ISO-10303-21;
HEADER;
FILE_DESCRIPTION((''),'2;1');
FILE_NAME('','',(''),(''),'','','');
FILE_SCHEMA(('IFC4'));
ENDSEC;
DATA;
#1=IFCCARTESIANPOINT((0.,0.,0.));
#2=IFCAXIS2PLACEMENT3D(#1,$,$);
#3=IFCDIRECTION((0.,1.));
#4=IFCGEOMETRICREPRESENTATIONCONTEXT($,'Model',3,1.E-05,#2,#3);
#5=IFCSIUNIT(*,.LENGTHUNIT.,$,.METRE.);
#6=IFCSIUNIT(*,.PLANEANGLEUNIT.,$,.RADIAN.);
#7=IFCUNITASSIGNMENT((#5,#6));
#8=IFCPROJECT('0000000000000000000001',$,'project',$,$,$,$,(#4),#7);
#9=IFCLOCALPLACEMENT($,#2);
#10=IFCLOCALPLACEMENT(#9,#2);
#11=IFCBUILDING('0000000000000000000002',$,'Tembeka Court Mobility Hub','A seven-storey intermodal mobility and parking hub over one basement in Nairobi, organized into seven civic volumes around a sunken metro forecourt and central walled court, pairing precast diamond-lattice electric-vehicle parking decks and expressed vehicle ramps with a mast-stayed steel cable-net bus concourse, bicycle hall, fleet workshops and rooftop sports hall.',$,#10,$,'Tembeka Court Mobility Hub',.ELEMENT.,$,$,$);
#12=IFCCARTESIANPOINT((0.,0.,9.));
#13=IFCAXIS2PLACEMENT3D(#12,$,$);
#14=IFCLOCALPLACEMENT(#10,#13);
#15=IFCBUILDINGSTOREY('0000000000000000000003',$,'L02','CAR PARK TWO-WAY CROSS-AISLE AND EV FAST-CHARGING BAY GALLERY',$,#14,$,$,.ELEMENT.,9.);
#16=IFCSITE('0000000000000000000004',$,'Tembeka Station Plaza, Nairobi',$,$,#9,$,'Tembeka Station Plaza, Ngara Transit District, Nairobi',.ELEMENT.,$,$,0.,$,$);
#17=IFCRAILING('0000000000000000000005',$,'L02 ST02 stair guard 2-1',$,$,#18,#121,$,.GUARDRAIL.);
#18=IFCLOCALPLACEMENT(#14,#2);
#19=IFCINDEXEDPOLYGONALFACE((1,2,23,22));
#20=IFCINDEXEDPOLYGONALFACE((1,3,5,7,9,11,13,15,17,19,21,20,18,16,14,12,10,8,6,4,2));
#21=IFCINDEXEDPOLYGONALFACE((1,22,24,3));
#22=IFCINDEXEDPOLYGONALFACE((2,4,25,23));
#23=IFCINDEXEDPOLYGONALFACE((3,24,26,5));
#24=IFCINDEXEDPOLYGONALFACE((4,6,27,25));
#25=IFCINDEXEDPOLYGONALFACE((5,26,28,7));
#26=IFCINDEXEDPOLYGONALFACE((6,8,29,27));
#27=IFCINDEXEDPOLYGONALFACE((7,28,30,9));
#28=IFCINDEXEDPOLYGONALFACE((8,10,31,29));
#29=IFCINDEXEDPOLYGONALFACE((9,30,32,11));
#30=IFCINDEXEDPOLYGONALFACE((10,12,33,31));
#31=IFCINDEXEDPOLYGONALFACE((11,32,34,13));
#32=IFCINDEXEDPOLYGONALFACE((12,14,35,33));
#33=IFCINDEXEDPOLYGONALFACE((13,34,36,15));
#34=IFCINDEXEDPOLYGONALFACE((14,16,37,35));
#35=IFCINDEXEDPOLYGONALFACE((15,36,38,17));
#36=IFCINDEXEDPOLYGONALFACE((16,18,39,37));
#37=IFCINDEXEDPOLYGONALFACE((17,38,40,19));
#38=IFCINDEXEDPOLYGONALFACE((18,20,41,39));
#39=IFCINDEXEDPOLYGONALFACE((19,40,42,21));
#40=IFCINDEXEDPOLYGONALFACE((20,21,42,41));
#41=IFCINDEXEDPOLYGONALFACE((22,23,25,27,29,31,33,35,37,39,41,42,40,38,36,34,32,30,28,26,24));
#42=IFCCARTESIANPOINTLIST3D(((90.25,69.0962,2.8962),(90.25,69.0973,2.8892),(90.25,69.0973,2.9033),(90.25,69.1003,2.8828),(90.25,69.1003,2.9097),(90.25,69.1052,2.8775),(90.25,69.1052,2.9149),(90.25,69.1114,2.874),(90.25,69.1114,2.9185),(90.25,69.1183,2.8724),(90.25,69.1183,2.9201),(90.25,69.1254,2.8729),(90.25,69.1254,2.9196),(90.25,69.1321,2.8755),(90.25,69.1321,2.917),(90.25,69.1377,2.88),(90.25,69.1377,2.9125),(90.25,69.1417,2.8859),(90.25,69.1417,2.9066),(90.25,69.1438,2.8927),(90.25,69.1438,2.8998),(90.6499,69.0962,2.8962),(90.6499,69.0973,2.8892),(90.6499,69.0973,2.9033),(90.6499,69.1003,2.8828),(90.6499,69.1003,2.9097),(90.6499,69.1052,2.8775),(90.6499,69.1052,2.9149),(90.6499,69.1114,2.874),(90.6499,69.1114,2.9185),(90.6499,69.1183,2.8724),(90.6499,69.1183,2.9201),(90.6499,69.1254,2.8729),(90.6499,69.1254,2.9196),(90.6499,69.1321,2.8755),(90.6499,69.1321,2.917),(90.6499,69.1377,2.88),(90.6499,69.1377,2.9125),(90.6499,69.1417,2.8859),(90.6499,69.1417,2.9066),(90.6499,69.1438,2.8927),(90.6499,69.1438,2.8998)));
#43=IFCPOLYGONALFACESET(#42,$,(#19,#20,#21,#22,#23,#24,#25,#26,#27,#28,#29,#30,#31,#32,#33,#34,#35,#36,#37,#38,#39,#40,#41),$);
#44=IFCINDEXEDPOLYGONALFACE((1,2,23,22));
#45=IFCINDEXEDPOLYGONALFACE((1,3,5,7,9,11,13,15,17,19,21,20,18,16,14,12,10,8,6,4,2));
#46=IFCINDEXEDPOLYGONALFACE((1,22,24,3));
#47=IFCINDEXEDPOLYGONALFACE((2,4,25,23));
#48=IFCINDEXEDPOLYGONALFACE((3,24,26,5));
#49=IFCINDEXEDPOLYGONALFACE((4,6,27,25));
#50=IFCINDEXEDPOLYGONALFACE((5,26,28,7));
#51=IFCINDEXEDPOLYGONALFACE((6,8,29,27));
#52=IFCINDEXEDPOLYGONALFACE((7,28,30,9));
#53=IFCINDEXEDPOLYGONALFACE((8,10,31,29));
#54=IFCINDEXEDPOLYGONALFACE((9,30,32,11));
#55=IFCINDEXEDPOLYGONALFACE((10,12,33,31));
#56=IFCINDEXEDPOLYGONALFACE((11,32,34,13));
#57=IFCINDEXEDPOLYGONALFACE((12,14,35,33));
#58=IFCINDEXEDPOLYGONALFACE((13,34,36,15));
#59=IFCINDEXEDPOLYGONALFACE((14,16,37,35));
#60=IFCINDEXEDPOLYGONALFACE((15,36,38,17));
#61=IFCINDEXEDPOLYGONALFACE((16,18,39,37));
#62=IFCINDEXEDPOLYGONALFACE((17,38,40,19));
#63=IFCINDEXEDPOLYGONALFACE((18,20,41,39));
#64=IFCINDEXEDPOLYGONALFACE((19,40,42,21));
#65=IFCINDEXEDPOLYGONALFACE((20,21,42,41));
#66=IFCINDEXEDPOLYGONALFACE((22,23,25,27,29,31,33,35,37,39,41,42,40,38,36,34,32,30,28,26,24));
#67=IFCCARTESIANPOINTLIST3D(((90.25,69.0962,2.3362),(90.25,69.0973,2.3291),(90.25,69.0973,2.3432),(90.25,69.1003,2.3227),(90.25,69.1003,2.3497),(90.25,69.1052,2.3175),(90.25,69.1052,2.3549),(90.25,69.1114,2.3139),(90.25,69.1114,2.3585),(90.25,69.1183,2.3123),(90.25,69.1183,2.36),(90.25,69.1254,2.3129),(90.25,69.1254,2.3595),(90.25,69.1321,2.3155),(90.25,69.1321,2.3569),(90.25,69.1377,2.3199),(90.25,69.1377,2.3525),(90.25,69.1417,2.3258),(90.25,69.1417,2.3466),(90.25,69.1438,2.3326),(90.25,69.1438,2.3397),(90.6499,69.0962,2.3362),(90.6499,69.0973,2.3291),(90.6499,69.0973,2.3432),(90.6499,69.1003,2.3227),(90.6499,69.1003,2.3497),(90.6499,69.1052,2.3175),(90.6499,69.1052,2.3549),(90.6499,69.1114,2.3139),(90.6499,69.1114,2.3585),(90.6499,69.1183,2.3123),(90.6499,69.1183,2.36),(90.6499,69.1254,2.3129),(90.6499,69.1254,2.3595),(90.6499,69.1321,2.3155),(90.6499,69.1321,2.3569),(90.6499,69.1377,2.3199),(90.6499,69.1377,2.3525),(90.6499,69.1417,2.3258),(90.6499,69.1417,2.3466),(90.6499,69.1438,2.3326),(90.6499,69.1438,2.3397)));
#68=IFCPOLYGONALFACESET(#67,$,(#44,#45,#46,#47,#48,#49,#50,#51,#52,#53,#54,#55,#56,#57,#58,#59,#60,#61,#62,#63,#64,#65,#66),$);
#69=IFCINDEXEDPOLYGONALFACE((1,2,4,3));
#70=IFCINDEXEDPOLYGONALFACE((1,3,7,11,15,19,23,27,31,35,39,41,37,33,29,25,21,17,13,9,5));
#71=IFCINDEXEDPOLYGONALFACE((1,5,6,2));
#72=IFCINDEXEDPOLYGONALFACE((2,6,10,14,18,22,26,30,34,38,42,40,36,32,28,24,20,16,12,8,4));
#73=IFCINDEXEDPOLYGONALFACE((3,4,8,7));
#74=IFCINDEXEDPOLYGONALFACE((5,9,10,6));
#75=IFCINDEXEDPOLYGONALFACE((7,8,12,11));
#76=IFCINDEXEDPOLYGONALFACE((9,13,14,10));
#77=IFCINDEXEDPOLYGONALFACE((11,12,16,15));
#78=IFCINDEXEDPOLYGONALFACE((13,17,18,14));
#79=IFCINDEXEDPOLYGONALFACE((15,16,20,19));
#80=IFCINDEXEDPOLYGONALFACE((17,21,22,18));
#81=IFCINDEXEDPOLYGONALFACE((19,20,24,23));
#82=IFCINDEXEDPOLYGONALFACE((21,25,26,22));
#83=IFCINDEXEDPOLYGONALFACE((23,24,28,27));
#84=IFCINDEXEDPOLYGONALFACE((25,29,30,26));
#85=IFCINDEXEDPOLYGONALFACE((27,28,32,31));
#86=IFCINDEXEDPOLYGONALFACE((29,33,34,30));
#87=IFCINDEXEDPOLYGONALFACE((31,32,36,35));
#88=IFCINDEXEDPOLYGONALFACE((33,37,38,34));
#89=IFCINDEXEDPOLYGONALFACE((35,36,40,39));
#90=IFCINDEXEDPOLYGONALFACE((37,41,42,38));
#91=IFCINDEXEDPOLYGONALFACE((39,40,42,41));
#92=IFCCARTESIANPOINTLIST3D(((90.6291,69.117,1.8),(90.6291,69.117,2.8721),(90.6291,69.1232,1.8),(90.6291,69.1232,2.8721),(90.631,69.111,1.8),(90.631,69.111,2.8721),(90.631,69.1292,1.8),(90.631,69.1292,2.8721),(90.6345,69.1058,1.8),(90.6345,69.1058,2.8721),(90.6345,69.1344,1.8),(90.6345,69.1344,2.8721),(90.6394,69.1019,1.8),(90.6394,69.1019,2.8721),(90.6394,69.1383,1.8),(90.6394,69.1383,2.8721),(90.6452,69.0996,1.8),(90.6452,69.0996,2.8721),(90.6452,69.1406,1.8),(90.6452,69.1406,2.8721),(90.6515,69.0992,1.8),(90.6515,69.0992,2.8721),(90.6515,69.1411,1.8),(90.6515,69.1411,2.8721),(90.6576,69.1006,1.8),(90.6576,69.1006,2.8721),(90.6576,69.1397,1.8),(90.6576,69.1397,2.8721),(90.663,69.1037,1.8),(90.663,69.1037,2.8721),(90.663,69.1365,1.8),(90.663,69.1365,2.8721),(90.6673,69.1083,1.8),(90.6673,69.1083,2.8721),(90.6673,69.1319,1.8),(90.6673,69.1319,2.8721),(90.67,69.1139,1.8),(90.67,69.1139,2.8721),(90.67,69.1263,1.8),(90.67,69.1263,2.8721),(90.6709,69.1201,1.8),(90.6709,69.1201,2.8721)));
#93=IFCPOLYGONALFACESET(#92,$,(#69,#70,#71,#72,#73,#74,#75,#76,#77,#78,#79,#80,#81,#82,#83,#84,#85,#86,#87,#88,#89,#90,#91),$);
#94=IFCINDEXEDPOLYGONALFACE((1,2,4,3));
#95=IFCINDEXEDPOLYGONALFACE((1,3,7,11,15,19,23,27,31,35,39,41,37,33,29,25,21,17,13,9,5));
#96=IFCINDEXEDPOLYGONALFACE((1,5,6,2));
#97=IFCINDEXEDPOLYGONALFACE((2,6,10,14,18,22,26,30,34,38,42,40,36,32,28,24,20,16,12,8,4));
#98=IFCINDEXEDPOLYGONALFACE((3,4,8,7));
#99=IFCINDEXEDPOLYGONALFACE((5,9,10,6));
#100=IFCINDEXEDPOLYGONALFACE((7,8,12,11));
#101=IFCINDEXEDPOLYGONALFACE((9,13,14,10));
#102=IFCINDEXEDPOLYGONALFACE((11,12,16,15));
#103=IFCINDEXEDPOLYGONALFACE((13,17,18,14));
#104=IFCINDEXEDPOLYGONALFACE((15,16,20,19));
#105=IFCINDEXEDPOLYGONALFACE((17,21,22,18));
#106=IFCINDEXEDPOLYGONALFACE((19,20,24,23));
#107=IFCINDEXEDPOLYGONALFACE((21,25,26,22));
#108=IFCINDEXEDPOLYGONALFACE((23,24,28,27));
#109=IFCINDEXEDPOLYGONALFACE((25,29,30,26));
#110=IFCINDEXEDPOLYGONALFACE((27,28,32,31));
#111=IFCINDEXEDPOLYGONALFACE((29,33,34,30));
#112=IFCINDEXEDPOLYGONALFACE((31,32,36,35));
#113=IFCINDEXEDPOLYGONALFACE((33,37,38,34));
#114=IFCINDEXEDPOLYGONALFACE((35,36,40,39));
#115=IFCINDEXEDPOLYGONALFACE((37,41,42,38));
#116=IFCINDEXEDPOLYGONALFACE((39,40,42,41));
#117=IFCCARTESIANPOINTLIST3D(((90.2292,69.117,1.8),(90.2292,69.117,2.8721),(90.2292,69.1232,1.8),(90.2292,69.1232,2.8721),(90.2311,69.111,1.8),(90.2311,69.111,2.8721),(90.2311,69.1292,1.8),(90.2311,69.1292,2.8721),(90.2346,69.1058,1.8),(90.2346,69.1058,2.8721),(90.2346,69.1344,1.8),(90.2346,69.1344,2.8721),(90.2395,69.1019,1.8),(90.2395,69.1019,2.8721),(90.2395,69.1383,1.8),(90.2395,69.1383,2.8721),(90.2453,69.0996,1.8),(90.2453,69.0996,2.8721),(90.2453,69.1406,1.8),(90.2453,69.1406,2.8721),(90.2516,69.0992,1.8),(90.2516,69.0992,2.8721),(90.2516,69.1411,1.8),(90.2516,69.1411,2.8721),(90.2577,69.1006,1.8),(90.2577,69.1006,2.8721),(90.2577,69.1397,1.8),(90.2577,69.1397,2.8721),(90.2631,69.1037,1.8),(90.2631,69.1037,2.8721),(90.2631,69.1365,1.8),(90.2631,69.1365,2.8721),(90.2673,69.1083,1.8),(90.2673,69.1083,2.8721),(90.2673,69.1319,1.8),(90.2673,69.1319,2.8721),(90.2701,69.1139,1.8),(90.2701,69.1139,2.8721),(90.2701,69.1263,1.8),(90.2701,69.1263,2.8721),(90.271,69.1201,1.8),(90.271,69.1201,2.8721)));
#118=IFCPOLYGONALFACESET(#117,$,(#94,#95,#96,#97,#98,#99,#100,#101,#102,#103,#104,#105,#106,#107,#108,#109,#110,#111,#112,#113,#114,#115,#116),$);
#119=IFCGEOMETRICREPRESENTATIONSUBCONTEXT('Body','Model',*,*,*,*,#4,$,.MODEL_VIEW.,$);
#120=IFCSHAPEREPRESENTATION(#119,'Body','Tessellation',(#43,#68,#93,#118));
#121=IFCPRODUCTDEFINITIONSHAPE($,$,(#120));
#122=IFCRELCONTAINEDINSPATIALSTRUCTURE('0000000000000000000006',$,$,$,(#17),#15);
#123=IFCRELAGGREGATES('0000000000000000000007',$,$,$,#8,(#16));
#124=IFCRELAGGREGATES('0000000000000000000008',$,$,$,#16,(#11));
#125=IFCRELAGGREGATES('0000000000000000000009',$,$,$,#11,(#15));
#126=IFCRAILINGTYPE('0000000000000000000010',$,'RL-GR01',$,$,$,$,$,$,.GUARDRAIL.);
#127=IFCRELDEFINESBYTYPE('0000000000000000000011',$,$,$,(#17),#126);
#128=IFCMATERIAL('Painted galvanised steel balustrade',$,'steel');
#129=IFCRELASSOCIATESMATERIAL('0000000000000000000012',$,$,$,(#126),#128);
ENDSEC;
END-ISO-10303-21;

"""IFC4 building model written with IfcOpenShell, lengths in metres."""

from ifc_helpers import new_model, si_unit, direction, frame, origin, origin_2d, place, context, subcontext, project, spatial, circle, extrude, material, type_object, element, save


model = new_model("IFC4")

# Units and contexts
model_context = context("Model", 3, precision=1e-05, world=origin(), true_north=direction((0.0, 1.0)))
body_context = subcontext(model_context, "Body", "Model", "MODEL_VIEW")
ifc_project = project(units=[si_unit("LENGTHUNIT", "METRE"), si_unit("PLANEANGLEUNIT", "RADIAN")], contexts=[model_context])

# Site, building, storey
site_placement = place(None, origin())
site = spatial("IfcSite", under=ifc_project, at=site_placement, Name="Tembeka Station Plaza, Nairobi", LongName="Tembeka Station Plaza, Ngara Transit District, Nairobi", CompositionType="ELEMENT", RefElevation=0.0)
building_placement = place(site_placement, origin())
building = spatial("IfcBuilding", under=site, at=building_placement, Name="Tembeka Court Mobility Hub", Description="A seven-storey intermodal mobility and parking hub over one basement in Nairobi, organized into seven civic volumes around a sunken metro forecourt and central walled court, pairing precast diamond-lattice electric-vehicle parking decks and expressed vehicle ramps with a mast-stayed steel cable-net bus concourse, bicycle hall, fleet workshops and rooftop sports hall.", LongName="Tembeka Court Mobility Hub", CompositionType="ELEMENT")
storey_placement = place(building_placement, frame((0.0, 0.0, 9.0)))
storey = spatial("IfcBuildingStorey", under=building, at=storey_placement, Name="L02", Description="CAR PARK TWO-WAY CROSS-AISLE AND EV FAST-CHARGING BAY GALLERY", CompositionType="ELEMENT", Elevation=9.0)

# Railing
ifc_material_1 = material(Name="Painted galvanised steel balustrade", Category="steel")
railing_type = type_object("IfcRailingType", Name="RL-GR01", PredefinedType="GUARDRAIL", material=ifc_material_1)
railing_1_placement = place(storey_placement, frame((90.6499, 69.1201, 1.8)))
element("IfcRailing", 1, at=railing_1_placement, inside=storey, type_object=railing_type, Name="L02 ST02 stair guard 2-1", PredefinedType="GUARDRAIL", context=body_context, shape_type="SweptSolid", body=[
    extrude(circle(Radius=0.0239, at=origin_2d()), frame((0.0, 0.0, 1.0962), z_axis=(-1.0, 0.0, 0.0), x_axis=(0.0, -1.0, 0.0)), (0.0, 0.0, 1.0), 0.3999),
    extrude(circle(Radius=0.0239, at=origin_2d()), frame((0.0, 0.0, 0.5361), z_axis=(-1.0, 0.0, 0.0), x_axis=(0.0, -1.0, 0.0)), (0.0, 0.0, 1.0), 0.3999),
    extrude(circle(Radius=0.021, at=origin_2d()), origin(), (0.0, 0.0, 1.0), 1.072),
    extrude(circle(Radius=0.021, at=origin_2d()), frame((-0.3999, 0.0, 0.0)), (0.0, 0.0, 1.0), 1.072),
])

save(model, "model.ifc")
